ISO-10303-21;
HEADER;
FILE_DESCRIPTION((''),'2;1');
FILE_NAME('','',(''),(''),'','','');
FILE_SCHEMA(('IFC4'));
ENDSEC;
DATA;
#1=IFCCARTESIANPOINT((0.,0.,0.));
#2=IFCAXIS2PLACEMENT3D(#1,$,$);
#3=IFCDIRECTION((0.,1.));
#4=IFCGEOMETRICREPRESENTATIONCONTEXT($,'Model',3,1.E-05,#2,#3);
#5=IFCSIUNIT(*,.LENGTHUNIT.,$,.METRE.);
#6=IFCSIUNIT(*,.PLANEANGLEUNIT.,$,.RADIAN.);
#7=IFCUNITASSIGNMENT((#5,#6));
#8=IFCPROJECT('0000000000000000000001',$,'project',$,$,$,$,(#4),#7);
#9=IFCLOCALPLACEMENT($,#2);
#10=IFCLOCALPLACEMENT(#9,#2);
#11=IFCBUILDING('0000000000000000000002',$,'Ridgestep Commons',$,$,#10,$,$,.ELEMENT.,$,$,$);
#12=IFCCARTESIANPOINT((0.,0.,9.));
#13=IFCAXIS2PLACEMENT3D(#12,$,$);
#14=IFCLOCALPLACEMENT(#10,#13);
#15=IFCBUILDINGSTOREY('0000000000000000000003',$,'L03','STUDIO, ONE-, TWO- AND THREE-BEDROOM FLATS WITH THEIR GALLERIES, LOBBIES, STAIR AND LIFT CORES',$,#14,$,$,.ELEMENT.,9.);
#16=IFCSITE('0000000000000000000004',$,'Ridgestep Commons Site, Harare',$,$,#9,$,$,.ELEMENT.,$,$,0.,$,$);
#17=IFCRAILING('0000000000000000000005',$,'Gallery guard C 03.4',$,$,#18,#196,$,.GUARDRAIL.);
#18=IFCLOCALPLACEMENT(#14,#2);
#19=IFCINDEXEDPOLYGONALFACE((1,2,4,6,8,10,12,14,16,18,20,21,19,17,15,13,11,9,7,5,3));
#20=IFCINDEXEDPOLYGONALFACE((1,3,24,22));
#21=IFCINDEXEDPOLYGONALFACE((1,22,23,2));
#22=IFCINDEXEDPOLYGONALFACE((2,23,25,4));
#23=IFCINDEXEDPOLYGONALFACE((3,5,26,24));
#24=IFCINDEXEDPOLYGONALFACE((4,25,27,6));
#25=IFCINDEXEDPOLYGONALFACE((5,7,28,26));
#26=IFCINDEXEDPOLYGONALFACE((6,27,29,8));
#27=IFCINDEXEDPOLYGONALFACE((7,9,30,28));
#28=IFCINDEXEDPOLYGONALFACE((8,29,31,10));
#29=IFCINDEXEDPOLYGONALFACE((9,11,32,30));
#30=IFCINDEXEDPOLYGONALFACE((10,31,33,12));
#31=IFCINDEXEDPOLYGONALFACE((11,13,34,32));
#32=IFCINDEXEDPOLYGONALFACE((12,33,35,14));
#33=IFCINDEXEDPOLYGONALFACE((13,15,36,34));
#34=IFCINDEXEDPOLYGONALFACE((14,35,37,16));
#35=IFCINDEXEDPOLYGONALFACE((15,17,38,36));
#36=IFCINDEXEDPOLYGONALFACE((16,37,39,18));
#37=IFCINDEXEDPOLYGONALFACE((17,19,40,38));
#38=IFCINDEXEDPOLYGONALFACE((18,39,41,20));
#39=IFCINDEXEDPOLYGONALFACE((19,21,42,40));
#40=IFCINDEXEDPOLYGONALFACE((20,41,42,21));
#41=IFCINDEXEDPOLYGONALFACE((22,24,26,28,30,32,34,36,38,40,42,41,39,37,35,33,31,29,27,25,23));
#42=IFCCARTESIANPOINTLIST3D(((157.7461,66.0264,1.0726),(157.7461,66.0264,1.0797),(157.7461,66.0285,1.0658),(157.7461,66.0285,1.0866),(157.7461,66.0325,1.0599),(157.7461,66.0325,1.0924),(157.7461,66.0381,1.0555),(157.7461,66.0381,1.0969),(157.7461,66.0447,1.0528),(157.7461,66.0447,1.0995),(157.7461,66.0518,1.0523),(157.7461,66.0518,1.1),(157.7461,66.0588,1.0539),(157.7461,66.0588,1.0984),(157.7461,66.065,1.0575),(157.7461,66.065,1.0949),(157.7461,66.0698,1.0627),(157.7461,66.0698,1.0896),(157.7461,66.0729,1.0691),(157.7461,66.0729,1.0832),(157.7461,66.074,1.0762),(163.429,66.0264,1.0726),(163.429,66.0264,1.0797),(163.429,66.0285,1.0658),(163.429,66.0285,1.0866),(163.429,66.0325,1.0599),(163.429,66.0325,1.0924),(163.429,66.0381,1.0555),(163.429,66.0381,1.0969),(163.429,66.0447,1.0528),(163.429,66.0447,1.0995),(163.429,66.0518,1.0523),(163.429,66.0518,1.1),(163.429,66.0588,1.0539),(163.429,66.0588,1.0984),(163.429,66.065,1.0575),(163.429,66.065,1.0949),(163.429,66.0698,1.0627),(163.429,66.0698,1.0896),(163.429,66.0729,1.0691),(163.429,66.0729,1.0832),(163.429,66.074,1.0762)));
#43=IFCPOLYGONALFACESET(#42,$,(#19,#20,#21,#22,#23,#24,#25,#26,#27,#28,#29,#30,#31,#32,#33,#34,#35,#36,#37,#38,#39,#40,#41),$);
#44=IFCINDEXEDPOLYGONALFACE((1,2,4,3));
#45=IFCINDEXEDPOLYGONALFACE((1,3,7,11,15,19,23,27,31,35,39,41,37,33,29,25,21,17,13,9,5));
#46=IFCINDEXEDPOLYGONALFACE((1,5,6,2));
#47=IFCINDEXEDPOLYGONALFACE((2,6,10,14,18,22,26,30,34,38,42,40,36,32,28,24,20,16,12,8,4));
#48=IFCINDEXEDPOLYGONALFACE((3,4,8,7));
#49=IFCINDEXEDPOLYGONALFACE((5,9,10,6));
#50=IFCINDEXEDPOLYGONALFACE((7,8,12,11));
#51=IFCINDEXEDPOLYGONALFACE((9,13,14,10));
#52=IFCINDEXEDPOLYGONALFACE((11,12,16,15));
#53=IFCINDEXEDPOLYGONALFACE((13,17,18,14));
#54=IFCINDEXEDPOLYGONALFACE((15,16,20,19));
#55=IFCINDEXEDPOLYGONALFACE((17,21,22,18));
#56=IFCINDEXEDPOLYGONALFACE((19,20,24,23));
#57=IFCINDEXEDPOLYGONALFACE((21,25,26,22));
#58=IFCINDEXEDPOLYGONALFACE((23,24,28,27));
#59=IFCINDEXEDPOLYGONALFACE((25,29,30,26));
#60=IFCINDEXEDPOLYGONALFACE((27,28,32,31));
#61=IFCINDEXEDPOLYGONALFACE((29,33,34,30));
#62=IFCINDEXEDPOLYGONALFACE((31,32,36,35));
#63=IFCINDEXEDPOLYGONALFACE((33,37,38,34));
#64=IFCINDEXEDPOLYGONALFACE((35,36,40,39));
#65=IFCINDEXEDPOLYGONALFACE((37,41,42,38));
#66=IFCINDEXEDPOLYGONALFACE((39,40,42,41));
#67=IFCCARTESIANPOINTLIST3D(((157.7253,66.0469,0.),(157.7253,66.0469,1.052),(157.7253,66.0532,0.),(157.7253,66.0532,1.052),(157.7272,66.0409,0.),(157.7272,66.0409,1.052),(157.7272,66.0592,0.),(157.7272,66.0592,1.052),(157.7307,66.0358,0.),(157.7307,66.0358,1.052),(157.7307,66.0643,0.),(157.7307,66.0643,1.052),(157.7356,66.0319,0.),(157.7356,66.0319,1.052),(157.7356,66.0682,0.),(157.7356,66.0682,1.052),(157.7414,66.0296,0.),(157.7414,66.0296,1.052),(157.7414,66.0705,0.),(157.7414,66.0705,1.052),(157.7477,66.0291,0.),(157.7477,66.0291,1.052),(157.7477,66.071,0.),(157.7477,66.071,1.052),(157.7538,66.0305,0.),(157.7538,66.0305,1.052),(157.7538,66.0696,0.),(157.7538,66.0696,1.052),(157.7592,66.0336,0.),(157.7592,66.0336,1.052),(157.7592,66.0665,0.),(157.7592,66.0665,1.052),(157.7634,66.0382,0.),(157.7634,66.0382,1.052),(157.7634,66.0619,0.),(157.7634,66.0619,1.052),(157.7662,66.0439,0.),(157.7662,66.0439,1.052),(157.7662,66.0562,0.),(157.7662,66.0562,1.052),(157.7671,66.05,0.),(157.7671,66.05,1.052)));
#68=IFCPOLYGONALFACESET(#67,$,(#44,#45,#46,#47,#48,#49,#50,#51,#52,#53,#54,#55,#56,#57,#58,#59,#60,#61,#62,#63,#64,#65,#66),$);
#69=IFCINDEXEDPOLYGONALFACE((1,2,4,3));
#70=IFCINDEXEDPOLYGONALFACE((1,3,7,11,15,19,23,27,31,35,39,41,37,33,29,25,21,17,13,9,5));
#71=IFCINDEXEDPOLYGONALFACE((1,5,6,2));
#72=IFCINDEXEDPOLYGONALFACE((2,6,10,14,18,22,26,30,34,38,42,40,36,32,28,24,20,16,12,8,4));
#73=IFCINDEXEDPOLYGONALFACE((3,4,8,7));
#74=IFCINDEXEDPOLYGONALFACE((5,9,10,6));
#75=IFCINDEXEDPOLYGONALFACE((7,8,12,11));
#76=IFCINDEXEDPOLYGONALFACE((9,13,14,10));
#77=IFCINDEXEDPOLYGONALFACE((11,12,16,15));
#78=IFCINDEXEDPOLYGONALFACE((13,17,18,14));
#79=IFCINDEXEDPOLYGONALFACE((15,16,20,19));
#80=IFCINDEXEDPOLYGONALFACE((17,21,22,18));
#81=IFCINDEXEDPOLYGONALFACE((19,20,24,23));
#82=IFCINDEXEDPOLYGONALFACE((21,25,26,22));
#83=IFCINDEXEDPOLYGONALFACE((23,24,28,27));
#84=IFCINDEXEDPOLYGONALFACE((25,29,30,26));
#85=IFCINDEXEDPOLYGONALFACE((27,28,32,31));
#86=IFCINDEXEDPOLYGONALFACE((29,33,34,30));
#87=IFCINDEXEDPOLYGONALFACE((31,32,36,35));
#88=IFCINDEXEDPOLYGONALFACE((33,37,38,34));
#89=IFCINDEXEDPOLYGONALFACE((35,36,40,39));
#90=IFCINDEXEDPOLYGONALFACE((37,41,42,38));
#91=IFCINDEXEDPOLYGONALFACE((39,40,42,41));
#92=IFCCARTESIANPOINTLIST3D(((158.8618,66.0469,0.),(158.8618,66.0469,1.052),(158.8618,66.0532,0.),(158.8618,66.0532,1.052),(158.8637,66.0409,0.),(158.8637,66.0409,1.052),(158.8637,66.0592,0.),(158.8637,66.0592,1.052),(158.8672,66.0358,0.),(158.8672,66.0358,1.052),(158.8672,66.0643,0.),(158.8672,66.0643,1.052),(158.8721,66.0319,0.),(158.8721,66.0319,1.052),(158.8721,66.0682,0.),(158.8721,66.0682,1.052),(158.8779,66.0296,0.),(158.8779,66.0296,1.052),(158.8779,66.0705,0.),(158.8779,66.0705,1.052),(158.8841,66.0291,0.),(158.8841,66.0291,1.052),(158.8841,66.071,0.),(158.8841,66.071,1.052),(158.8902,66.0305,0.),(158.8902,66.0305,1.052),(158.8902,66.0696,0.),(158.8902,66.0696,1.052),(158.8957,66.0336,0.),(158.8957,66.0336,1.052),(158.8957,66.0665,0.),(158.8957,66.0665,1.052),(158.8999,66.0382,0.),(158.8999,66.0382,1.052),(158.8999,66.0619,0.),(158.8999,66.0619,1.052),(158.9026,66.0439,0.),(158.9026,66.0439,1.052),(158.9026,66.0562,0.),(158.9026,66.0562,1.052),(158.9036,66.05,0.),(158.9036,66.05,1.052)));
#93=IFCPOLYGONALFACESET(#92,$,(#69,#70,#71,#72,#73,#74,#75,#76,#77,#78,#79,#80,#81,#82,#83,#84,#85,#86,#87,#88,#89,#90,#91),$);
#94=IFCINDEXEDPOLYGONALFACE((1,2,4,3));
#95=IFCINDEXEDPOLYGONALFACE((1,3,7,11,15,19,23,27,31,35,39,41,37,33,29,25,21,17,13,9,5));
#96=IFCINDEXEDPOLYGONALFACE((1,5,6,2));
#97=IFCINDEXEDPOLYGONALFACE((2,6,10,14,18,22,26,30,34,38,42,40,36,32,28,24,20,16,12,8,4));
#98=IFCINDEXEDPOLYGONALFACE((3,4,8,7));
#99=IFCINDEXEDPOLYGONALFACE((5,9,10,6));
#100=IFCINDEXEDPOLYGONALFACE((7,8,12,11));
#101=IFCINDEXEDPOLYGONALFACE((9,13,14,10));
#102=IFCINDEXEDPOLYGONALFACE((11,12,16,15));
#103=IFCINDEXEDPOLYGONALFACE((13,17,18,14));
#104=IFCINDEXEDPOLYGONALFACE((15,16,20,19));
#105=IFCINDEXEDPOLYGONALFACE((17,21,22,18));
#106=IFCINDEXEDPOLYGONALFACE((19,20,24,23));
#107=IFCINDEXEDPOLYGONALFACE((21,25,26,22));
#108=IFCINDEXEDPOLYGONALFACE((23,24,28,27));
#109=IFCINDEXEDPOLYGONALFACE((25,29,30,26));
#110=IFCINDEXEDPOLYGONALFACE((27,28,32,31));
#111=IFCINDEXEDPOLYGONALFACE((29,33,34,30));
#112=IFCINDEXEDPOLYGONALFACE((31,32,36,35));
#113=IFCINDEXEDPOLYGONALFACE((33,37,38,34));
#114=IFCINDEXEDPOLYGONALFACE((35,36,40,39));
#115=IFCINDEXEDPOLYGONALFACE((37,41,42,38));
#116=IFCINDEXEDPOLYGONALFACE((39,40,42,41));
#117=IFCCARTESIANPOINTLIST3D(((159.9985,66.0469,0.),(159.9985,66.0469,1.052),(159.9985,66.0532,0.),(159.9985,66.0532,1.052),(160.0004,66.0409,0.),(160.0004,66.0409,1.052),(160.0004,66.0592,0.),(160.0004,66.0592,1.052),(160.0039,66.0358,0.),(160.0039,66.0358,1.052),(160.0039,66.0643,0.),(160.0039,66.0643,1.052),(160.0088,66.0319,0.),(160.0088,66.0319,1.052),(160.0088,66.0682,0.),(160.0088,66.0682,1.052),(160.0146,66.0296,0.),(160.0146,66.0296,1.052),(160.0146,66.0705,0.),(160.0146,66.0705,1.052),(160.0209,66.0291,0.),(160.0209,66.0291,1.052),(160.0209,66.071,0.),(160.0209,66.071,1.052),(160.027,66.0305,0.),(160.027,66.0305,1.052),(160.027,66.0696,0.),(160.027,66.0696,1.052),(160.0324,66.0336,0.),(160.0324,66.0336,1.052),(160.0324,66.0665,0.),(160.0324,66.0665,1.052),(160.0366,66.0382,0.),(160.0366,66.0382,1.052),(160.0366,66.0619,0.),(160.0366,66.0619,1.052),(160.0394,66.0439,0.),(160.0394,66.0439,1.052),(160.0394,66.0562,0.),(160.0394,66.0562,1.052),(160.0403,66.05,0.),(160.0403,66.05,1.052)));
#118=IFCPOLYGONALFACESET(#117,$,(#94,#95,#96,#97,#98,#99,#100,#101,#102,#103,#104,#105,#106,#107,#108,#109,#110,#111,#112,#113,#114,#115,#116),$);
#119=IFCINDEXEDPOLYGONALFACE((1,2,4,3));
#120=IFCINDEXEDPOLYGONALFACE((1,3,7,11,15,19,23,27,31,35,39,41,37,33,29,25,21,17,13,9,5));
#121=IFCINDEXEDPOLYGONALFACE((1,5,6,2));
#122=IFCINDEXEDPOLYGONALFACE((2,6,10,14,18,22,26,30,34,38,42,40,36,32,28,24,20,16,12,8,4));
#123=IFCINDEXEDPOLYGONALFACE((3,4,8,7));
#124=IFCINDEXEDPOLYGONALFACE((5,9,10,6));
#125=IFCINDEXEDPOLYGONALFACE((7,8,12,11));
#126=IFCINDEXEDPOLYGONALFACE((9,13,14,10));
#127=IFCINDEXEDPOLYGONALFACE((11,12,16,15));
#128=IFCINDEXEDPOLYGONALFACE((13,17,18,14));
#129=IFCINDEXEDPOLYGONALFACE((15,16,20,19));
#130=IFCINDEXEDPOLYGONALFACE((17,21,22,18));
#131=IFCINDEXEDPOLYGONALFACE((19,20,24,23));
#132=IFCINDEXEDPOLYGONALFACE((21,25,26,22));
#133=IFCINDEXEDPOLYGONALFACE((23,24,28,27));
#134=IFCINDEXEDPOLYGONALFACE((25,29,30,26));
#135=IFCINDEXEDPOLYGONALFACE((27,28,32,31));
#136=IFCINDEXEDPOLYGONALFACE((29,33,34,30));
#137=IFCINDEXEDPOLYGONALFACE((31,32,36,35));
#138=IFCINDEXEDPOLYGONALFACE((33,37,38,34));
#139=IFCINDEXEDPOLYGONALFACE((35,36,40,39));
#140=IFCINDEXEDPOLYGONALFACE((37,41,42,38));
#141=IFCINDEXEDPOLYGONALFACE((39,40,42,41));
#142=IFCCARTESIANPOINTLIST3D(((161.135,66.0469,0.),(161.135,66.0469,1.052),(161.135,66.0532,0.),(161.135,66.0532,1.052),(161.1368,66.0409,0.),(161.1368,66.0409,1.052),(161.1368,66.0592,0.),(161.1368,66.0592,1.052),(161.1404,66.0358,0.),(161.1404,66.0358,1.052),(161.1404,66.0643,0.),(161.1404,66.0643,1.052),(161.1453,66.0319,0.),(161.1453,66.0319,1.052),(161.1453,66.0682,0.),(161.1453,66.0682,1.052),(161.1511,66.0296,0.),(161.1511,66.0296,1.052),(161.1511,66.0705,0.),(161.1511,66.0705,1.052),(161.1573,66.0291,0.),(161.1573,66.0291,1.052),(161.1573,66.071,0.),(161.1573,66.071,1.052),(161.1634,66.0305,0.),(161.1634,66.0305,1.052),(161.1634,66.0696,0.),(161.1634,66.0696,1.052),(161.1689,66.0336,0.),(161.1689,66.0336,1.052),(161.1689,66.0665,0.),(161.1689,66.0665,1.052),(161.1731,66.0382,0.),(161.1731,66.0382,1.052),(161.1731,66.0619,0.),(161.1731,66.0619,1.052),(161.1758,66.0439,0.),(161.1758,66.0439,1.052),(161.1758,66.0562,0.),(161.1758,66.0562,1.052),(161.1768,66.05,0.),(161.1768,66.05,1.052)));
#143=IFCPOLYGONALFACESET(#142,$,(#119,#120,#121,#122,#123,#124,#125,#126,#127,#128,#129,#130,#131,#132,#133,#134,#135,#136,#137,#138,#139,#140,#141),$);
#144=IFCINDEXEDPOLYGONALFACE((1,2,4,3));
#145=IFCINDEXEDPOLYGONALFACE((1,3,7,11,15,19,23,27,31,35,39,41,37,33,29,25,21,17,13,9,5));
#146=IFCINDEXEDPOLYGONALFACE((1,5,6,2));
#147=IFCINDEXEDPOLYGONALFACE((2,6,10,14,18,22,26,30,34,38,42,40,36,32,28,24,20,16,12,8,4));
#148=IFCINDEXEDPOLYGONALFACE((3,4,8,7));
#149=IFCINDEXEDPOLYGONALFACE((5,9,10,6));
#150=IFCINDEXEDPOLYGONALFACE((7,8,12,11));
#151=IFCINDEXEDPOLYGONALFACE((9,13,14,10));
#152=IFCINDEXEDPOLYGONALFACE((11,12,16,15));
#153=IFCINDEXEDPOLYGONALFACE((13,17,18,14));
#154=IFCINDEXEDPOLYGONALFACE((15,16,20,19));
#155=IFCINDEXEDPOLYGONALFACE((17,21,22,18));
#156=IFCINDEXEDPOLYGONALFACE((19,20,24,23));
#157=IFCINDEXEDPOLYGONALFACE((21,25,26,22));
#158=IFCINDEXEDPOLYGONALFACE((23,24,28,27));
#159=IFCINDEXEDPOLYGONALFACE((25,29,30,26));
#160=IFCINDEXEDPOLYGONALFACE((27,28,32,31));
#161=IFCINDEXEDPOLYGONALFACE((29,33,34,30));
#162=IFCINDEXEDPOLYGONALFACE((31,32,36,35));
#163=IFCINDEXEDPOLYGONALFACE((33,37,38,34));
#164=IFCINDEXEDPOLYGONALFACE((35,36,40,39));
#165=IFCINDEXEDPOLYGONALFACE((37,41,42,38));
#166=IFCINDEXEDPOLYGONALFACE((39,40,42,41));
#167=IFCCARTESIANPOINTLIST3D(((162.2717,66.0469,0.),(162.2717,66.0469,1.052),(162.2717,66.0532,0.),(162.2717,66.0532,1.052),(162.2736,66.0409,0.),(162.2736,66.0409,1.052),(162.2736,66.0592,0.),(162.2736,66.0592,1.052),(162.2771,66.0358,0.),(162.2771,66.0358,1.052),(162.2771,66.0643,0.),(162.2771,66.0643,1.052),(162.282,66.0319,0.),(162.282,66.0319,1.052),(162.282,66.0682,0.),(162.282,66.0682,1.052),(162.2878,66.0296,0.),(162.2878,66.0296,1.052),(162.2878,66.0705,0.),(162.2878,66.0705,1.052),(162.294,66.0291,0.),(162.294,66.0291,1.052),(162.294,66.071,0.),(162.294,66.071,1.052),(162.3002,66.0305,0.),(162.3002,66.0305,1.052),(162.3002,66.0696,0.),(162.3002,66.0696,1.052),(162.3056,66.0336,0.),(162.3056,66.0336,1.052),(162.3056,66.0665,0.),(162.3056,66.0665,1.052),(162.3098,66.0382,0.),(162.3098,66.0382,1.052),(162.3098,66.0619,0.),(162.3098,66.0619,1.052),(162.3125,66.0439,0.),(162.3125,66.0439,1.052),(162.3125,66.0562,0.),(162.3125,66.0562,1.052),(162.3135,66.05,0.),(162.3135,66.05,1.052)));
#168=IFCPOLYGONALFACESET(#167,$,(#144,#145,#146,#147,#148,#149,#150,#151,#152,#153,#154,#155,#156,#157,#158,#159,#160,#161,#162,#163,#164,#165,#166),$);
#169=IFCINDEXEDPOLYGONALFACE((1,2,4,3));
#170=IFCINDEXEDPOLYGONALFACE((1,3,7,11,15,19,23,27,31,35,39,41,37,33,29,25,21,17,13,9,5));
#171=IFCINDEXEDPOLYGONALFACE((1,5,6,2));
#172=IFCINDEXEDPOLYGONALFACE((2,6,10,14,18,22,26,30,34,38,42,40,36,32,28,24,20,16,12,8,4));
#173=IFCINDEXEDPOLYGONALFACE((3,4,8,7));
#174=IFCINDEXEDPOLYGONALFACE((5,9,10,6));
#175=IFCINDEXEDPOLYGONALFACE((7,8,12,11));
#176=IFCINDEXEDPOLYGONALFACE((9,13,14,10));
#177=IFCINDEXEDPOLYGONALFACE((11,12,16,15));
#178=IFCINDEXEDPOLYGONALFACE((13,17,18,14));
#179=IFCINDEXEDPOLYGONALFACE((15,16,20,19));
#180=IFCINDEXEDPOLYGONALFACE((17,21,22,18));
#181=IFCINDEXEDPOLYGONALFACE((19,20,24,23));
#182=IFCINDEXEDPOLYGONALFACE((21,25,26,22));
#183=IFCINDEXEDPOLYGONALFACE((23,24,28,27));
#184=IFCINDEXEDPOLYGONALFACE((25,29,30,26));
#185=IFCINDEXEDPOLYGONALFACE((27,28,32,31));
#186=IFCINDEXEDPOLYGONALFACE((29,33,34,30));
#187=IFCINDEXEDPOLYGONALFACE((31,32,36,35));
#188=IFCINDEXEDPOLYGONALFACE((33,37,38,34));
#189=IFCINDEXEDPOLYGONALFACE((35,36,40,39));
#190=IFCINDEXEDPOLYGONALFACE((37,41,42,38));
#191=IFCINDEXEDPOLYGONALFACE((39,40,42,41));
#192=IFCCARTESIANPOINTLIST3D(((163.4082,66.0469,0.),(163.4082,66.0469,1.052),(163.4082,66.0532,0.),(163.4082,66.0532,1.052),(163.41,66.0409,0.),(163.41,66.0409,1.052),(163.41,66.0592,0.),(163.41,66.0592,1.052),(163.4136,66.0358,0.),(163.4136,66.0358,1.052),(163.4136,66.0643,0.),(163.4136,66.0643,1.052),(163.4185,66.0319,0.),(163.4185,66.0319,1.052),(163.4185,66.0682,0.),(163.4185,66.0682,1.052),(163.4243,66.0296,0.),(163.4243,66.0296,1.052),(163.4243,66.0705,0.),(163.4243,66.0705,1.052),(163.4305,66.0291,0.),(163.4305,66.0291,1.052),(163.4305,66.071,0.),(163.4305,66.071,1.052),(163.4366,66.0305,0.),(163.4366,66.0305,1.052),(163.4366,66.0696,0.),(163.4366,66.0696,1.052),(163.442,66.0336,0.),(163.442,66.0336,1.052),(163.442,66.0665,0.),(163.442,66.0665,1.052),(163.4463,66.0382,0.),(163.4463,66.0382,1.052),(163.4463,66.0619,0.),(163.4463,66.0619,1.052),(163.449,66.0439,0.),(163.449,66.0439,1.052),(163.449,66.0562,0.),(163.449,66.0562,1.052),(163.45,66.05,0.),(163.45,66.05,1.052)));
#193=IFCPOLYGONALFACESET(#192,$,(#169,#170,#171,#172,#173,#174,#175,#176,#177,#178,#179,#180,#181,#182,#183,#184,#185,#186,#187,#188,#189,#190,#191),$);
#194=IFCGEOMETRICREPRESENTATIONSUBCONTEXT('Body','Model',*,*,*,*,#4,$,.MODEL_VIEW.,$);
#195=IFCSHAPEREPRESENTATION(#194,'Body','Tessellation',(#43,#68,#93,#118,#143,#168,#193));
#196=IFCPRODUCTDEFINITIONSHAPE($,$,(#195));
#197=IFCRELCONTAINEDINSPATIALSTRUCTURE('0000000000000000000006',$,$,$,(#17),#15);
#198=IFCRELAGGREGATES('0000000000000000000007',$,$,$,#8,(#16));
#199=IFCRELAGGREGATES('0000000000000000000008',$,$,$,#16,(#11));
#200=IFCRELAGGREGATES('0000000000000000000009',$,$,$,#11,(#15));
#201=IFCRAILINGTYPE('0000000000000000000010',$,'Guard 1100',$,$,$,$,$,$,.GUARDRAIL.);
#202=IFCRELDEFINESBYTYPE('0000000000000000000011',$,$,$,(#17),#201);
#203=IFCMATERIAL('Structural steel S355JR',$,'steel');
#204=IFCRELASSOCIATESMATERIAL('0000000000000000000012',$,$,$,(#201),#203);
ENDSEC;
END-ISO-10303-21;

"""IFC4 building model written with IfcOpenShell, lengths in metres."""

from ifc_helpers import new_model, si_unit, direction, frame, origin, origin_2d, place, context, subcontext, project, spatial, circle, extrude, material, type_object, element, save


model = new_model("IFC4")

# Units and contexts
model_context = context("Model", 3, precision=1e-05, world=origin(), true_north=direction((0.0, 1.0)))
body_context = subcontext(model_context, "Body", "Model", "MODEL_VIEW")
ifc_project = project(units=[si_unit("LENGTHUNIT", "METRE"), si_unit("PLANEANGLEUNIT", "RADIAN")], contexts=[model_context])

# Site, building, storey
site_placement = place(None, origin())
site = spatial("IfcSite", under=ifc_project, at=site_placement, Name="Ridgestep Commons Site, Harare", CompositionType="ELEMENT", RefElevation=0.0)
building_placement = place(site_placement, origin())
building = spatial("IfcBuilding", under=site, at=building_placement, Name="Ridgestep Commons", CompositionType="ELEMENT")
storey_placement = place(building_placement, frame((0.0, 0.0, 9.0)))
storey = spatial("IfcBuildingStorey", under=building, at=storey_placement, Name="L03", Description="STUDIO, ONE-, TWO- AND THREE-BEDROOM FLATS WITH THEIR GALLERIES, LOBBIES, STAIR AND LIFT CORES", CompositionType="ELEMENT", Elevation=9.0)

# Railing
ifc_material_1 = material(Name="Structural steel S355JR", Category="steel")
railing_type = type_object("IfcRailingType", Name="Guard 1100", PredefinedType="GUARDRAIL", material=ifc_material_1)
railing_placement = place(storey_placement, frame((157.7461, 66.05, 0.0)))
element("IfcRailing", 1, at=railing_placement, inside=storey, type_object=railing_type, Name="Gallery guard C 03.4", PredefinedType="GUARDRAIL", context=body_context, shape_type="SweptSolid", body=[
    extrude(circle(Radius=0.0239, at=origin_2d()), frame((0.0, 0.0, 1.0762), z_axis=(1.0, 0.0, 0.0), x_axis=(0.0, 1.0, 0.0)), (0.0, 0.0, 1.0), 5.6829),
    extrude(circle(Radius=0.021, at=origin_2d()), origin(), (0.0, 0.0, 1.0), 1.052),
    extrude(circle(Radius=0.021, at=origin_2d()), frame((1.1365, 0.0, 0.0)), (0.0, 0.0, 1.0), 1.052),
    extrude(circle(Radius=0.021, at=origin_2d()), frame((2.2732, 0.0, 0.0)), (0.0, 0.0, 1.0), 1.052),
    extrude(circle(Radius=0.021, at=origin_2d()), frame((3.4097, 0.0, 0.0)), (0.0, 0.0, 1.0), 1.052),
    extrude(circle(Radius=0.021, at=origin_2d()), frame((4.5464, 0.0, 0.0)), (0.0, 0.0, 1.0), 1.052),
    extrude(circle(Radius=0.021, at=origin_2d()), frame((5.6829, 0.0, 0.0)), (0.0, 0.0, 1.0), 1.052),
])

save(model, "model.ifc")
